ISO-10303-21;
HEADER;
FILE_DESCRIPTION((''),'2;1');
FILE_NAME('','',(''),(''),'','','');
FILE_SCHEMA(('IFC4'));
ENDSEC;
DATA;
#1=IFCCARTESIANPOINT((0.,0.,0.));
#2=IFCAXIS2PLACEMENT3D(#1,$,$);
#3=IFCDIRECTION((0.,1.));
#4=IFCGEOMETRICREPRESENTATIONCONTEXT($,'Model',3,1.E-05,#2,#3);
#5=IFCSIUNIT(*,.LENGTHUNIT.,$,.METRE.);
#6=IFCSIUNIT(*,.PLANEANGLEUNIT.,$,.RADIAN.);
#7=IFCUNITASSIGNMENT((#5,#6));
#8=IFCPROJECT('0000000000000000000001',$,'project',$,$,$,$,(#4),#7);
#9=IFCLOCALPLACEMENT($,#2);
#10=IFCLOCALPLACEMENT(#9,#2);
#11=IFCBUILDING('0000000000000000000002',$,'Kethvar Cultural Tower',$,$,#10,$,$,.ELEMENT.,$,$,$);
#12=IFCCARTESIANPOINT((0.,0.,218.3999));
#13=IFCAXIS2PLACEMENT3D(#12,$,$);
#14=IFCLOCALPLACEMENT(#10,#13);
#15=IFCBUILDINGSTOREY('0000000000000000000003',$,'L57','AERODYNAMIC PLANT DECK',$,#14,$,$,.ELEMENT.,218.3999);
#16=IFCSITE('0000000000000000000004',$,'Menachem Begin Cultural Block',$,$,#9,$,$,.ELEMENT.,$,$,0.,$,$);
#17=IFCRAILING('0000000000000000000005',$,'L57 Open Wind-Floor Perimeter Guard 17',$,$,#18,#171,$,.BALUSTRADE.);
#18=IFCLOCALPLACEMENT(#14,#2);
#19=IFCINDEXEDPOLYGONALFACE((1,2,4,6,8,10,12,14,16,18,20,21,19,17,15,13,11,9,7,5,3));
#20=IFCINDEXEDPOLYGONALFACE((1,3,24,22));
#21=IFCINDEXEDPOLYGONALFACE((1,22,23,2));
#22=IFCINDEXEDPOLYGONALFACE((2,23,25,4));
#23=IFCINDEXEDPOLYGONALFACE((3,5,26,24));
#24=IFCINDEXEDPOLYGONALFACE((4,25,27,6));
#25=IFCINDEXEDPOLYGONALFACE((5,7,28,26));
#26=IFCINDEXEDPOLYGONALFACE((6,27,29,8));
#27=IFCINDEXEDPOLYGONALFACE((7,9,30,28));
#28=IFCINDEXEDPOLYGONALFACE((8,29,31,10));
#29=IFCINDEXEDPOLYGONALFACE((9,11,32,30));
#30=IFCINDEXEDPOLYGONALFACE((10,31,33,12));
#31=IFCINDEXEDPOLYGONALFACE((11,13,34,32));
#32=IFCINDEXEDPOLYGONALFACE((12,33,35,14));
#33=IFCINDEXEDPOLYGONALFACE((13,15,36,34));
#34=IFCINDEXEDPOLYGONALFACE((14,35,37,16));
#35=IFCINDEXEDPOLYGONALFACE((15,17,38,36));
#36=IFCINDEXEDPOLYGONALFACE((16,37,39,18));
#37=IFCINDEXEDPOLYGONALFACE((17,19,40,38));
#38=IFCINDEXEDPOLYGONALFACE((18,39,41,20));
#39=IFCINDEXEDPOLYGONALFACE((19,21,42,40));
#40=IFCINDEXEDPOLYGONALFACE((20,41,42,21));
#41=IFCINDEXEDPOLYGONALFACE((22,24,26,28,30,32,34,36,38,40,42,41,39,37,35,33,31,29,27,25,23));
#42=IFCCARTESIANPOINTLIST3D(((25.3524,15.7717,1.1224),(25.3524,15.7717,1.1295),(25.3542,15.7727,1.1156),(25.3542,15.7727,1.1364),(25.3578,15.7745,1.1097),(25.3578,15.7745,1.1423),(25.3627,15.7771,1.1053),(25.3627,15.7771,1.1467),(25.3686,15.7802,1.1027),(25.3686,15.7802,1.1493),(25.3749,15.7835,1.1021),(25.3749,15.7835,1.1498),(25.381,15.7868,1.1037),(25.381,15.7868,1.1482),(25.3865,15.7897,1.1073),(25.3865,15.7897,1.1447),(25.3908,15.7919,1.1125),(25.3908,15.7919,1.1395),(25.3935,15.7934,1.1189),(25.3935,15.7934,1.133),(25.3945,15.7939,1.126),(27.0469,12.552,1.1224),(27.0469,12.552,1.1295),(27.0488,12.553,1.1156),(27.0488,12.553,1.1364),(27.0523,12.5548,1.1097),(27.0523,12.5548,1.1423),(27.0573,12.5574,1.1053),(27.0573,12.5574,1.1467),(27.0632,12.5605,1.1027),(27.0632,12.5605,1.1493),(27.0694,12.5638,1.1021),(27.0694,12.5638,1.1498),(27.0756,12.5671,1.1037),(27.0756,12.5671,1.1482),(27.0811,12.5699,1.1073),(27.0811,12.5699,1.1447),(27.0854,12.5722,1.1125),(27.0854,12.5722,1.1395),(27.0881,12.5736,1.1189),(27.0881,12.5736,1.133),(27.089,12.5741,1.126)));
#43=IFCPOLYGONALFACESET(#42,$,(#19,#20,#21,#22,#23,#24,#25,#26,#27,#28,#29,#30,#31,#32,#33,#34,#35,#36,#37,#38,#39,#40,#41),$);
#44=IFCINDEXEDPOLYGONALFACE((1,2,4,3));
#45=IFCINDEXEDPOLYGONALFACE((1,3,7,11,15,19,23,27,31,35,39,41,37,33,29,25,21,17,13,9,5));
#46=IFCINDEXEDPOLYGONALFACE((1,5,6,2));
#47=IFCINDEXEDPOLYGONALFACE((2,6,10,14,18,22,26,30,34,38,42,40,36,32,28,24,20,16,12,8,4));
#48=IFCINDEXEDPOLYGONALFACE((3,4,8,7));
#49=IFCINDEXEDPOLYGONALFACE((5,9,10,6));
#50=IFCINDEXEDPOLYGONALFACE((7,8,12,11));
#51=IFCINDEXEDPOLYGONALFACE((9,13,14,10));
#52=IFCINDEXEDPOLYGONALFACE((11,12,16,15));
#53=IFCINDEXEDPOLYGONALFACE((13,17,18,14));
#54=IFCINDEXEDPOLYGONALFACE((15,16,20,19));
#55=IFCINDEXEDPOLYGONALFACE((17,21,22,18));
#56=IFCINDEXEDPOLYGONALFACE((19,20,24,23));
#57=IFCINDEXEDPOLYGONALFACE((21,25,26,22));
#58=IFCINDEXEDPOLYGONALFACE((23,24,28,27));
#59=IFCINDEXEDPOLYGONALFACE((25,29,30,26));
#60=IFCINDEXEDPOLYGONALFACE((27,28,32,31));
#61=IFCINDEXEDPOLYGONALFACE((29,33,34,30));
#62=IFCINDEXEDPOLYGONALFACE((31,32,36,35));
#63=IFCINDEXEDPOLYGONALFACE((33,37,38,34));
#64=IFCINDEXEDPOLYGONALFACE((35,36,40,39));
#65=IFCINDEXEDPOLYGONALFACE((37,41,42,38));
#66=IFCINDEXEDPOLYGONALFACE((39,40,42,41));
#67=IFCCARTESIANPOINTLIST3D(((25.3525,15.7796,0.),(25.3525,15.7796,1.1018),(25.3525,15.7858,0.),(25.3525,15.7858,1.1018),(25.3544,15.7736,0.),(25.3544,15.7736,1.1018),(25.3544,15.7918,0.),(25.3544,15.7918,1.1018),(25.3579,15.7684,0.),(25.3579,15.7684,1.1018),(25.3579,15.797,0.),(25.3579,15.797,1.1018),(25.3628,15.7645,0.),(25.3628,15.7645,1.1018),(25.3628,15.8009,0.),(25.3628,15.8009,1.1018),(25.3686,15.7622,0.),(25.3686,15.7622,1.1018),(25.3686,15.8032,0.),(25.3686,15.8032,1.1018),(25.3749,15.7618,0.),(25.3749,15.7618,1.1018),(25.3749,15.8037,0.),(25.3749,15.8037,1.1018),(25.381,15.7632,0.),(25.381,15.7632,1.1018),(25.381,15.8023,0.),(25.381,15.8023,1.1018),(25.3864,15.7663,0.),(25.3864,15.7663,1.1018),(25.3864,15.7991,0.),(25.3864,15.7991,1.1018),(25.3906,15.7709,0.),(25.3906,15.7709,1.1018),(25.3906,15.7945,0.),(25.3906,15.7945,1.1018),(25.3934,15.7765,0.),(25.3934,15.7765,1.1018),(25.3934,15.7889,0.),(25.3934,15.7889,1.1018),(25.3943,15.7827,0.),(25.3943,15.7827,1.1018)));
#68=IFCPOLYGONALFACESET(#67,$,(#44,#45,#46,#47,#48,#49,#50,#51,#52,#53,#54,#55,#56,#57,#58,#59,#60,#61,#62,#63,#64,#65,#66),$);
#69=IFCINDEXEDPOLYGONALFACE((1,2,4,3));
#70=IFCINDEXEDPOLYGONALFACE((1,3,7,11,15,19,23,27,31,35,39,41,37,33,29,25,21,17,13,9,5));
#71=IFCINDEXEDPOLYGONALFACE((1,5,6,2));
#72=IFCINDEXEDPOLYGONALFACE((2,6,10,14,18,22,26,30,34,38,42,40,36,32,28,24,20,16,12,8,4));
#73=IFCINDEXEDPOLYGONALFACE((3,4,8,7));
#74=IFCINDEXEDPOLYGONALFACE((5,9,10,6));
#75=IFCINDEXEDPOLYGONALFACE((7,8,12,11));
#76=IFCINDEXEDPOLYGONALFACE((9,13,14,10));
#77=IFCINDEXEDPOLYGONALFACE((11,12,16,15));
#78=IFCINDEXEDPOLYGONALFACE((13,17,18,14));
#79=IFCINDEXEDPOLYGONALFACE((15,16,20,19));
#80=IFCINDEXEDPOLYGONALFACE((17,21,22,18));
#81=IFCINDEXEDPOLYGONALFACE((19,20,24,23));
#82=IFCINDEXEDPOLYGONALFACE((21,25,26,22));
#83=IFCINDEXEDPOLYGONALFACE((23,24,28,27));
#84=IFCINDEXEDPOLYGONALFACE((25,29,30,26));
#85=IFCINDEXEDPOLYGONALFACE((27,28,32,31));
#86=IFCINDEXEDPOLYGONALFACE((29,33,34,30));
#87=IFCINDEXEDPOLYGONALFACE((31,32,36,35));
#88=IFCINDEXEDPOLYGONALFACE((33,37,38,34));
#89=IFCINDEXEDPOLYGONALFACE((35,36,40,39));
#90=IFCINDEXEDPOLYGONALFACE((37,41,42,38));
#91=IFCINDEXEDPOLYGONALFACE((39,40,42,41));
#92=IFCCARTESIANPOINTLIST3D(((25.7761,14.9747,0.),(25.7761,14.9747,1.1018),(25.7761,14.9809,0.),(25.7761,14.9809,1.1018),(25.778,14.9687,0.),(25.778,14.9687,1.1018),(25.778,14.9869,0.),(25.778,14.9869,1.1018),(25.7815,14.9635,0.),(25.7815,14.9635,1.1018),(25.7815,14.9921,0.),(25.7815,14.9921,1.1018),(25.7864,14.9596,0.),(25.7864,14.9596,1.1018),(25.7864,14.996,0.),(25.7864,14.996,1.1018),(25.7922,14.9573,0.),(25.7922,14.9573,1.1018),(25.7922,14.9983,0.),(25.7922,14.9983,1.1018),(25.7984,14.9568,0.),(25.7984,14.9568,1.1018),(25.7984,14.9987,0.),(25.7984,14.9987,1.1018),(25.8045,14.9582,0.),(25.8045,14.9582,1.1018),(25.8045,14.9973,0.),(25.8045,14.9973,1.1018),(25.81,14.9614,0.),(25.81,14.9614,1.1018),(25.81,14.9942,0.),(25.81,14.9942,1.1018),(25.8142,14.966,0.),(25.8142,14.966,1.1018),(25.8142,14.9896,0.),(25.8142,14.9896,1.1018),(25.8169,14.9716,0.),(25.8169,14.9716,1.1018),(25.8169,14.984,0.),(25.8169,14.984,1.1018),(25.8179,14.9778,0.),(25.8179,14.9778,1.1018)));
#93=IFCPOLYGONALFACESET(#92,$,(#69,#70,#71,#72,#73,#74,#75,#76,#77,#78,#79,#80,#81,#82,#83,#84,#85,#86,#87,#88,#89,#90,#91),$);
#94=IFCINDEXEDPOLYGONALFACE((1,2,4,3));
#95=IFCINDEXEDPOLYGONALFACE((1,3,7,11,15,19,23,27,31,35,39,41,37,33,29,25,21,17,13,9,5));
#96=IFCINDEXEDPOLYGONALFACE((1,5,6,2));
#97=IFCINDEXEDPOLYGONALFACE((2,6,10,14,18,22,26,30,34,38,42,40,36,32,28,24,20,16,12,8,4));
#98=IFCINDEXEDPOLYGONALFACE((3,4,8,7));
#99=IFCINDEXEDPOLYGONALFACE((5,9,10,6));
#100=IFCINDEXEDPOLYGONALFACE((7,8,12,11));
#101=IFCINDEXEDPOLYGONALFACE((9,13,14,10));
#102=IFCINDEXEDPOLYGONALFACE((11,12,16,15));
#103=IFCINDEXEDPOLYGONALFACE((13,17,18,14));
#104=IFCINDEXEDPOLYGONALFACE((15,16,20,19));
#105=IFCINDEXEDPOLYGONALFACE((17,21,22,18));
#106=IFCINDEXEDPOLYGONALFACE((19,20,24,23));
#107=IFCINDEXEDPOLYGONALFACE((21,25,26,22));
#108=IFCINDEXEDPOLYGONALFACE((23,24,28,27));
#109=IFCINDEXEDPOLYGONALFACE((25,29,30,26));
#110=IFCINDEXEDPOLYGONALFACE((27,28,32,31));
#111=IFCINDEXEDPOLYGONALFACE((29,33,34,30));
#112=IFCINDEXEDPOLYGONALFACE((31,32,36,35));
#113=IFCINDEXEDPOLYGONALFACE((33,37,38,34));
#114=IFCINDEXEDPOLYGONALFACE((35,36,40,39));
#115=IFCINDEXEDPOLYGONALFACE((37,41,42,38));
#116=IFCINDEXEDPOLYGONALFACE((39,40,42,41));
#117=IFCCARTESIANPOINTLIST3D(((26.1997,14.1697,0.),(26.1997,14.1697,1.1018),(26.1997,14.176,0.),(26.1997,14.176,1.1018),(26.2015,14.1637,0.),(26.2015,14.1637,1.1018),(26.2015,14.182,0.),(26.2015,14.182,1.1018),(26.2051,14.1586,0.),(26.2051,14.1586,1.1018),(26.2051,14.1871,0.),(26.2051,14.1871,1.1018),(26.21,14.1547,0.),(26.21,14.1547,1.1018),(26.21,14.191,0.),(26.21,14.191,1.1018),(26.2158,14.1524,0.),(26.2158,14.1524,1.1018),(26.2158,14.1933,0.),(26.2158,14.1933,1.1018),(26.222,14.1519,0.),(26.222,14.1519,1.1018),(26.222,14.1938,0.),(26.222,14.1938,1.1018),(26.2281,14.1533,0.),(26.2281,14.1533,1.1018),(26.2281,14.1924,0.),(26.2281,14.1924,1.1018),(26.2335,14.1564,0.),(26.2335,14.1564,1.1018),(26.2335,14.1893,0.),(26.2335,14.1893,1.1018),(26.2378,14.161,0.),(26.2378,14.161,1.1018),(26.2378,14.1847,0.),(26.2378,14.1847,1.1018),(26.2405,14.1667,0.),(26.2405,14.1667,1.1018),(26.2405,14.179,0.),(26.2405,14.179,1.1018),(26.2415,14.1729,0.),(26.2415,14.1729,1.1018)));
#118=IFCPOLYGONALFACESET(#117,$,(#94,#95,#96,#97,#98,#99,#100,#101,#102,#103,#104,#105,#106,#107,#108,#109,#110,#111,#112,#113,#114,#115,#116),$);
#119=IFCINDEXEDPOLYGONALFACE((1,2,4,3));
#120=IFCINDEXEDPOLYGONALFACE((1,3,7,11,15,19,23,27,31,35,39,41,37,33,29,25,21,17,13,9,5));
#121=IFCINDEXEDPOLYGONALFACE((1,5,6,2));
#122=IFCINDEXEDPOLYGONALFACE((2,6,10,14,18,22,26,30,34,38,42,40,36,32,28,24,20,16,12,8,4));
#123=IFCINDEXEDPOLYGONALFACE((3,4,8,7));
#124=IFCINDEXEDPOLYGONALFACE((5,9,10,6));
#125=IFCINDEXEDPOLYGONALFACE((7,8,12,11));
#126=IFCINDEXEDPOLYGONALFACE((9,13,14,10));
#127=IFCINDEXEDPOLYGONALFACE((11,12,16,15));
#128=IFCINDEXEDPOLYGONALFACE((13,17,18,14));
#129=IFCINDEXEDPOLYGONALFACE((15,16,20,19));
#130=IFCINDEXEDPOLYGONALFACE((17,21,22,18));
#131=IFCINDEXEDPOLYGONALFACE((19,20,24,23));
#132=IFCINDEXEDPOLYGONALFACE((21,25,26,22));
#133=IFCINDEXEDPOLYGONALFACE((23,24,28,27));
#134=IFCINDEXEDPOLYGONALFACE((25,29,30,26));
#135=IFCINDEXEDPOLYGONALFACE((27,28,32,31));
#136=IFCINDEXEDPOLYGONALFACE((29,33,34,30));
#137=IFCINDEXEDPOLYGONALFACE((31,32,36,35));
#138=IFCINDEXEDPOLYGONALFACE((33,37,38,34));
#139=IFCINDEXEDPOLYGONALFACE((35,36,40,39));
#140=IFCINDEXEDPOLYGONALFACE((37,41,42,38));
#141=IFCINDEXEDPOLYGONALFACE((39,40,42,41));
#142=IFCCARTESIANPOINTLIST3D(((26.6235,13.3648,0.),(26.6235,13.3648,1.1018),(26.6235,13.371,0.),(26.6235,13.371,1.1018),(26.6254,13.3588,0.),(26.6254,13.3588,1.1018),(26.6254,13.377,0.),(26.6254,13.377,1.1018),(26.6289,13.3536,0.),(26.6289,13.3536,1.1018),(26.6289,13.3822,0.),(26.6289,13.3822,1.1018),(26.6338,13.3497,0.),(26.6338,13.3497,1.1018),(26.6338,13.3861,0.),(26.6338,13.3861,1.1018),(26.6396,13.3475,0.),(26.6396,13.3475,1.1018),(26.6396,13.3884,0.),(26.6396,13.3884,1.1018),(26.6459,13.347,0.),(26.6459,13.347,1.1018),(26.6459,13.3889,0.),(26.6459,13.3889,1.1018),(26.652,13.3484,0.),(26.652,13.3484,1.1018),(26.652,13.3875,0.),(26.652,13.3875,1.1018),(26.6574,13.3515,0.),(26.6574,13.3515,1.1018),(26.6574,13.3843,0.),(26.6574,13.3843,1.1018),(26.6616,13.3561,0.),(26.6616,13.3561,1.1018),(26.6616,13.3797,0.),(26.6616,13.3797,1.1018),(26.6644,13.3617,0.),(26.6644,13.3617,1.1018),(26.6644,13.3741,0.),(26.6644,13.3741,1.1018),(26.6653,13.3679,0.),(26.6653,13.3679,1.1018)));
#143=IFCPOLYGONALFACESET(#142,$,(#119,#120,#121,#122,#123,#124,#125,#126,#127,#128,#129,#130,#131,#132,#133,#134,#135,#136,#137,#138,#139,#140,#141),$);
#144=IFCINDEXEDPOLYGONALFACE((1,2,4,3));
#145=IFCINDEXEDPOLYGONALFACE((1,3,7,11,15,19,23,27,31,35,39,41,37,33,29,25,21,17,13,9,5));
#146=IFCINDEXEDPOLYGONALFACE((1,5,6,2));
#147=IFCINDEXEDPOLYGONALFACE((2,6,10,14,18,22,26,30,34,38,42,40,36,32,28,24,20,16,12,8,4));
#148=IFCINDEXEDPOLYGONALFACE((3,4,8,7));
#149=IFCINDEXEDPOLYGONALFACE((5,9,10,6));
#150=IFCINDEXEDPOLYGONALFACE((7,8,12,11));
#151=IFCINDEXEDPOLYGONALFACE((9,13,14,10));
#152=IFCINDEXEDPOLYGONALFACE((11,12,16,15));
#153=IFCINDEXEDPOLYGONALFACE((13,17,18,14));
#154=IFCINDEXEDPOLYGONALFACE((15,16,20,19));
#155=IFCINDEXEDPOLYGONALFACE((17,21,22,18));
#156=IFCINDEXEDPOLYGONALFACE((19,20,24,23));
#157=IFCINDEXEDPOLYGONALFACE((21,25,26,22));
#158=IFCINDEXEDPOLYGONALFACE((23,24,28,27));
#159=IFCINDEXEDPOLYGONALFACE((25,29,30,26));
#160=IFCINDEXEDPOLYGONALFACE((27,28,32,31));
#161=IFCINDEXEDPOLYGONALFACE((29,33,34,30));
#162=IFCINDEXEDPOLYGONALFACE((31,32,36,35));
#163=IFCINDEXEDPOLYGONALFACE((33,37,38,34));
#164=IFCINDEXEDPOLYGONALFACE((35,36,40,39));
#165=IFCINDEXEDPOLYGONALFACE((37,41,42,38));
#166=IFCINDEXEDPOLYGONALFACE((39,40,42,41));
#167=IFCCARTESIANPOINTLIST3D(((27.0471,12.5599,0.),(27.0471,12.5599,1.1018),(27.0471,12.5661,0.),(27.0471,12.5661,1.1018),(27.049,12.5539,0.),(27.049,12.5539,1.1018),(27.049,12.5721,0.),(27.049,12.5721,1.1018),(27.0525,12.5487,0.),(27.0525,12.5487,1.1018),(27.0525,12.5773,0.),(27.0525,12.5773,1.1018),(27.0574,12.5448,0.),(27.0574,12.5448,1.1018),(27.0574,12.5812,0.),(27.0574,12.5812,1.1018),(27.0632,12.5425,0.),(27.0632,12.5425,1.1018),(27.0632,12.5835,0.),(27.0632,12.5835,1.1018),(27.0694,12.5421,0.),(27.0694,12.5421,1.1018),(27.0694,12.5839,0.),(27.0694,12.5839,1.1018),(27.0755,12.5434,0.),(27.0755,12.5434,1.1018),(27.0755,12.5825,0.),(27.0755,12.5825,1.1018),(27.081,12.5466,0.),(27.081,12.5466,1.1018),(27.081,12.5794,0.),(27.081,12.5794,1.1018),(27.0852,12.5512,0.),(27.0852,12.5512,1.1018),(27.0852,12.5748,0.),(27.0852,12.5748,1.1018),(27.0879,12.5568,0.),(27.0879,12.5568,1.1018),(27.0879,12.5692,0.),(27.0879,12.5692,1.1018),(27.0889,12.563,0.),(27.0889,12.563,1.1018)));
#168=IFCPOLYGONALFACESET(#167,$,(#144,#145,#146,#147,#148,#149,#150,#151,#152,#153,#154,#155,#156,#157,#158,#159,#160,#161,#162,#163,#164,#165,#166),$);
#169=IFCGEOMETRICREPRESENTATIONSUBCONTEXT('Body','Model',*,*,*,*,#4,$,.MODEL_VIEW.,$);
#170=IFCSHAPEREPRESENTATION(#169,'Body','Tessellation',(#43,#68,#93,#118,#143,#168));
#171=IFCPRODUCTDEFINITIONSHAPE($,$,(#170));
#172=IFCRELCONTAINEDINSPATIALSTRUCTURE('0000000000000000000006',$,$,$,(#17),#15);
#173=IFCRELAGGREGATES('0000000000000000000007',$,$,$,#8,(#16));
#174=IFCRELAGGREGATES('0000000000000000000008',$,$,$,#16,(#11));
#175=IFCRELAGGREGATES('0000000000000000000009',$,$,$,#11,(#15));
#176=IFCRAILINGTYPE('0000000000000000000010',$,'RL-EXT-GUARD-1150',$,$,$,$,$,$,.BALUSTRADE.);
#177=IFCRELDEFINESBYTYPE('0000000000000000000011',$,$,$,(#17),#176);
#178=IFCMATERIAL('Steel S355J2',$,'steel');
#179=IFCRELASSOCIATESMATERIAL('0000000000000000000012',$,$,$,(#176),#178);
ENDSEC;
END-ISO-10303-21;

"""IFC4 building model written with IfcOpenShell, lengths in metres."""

from ifc_helpers import new_model, si_unit, direction, frame, origin, origin_2d, place, context, subcontext, project, spatial, circle, extrude, material, type_object, element, save


model = new_model("IFC4")

# Units and contexts
model_context = context("Model", 3, precision=1e-05, world=origin(), true_north=direction((0.0, 1.0)))
body_context = subcontext(model_context, "Body", "Model", "MODEL_VIEW")
ifc_project = project(units=[si_unit("LENGTHUNIT", "METRE"), si_unit("PLANEANGLEUNIT", "RADIAN")], contexts=[model_context])

# Site, building, storey
site_placement = place(None, origin())
site = spatial("IfcSite", under=ifc_project, at=site_placement, Name="Menachem Begin Cultural Block", CompositionType="ELEMENT", RefElevation=0.0)
building_placement = place(site_placement, origin())
building = spatial("IfcBuilding", under=site, at=building_placement, Name="Kethvar Cultural Tower", CompositionType="ELEMENT")
storey_placement = place(building_placement, frame((0.0, 0.0, 218.3999)))
storey = spatial("IfcBuildingStorey", under=building, at=storey_placement, Name="L57", Description="AERODYNAMIC PLANT DECK", CompositionType="ELEMENT", Elevation=218.3999)

# Shared definitions
ifc_material_1 = material(Name="Steel S355J2", Category="steel")

# Railing
railing_type = type_object("IfcRailingType", Name="RL-EXT-GUARD-1150", PredefinedType="BALUSTRADE", material=ifc_material_1)
railing_1_placement = place(storey_placement, frame((25.3733, 15.7827, 0.0)))
element("IfcRailing", 1, at=railing_1_placement, inside=storey, type_object=railing_type, Name="L57 Open Wind-Floor Perimeter Guard 17", PredefinedType="BALUSTRADE", context=body_context, shape_type="SweptSolid", body=[
    extrude(circle(Radius=0.0239, at=origin_2d()), frame((0.0, 0.0, 1.126), z_axis=(0.465744, -0.88492, 0.0), x_axis=(0.88492, 0.465744, 0.0)), (0.0, 0.0, 1.0), 3.6384),
    extrude(circle(Radius=0.021, at=origin_2d()), origin(), (0.0, 0.0, 1.0), 1.1018),
    extrude(circle(Radius=0.021, at=origin_2d()), frame((0.4236, -0.8049, 0.0)), (0.0, 0.0, 1.0), 1.1018),
    extrude(circle(Radius=0.021, at=origin_2d()), frame((0.8472, -1.6099, 0.0)), (0.0, 0.0, 1.0), 1.1018),
    extrude(circle(Radius=0.021, at=origin_2d()), frame((1.271, -2.4148, 0.0)), (0.0, 0.0, 1.0), 1.1018),
    extrude(circle(Radius=0.021, at=origin_2d()), frame((1.6946, -3.2197, 0.0)), (0.0, 0.0, 1.0), 1.1018),
])

save(model, "model.ifc")
